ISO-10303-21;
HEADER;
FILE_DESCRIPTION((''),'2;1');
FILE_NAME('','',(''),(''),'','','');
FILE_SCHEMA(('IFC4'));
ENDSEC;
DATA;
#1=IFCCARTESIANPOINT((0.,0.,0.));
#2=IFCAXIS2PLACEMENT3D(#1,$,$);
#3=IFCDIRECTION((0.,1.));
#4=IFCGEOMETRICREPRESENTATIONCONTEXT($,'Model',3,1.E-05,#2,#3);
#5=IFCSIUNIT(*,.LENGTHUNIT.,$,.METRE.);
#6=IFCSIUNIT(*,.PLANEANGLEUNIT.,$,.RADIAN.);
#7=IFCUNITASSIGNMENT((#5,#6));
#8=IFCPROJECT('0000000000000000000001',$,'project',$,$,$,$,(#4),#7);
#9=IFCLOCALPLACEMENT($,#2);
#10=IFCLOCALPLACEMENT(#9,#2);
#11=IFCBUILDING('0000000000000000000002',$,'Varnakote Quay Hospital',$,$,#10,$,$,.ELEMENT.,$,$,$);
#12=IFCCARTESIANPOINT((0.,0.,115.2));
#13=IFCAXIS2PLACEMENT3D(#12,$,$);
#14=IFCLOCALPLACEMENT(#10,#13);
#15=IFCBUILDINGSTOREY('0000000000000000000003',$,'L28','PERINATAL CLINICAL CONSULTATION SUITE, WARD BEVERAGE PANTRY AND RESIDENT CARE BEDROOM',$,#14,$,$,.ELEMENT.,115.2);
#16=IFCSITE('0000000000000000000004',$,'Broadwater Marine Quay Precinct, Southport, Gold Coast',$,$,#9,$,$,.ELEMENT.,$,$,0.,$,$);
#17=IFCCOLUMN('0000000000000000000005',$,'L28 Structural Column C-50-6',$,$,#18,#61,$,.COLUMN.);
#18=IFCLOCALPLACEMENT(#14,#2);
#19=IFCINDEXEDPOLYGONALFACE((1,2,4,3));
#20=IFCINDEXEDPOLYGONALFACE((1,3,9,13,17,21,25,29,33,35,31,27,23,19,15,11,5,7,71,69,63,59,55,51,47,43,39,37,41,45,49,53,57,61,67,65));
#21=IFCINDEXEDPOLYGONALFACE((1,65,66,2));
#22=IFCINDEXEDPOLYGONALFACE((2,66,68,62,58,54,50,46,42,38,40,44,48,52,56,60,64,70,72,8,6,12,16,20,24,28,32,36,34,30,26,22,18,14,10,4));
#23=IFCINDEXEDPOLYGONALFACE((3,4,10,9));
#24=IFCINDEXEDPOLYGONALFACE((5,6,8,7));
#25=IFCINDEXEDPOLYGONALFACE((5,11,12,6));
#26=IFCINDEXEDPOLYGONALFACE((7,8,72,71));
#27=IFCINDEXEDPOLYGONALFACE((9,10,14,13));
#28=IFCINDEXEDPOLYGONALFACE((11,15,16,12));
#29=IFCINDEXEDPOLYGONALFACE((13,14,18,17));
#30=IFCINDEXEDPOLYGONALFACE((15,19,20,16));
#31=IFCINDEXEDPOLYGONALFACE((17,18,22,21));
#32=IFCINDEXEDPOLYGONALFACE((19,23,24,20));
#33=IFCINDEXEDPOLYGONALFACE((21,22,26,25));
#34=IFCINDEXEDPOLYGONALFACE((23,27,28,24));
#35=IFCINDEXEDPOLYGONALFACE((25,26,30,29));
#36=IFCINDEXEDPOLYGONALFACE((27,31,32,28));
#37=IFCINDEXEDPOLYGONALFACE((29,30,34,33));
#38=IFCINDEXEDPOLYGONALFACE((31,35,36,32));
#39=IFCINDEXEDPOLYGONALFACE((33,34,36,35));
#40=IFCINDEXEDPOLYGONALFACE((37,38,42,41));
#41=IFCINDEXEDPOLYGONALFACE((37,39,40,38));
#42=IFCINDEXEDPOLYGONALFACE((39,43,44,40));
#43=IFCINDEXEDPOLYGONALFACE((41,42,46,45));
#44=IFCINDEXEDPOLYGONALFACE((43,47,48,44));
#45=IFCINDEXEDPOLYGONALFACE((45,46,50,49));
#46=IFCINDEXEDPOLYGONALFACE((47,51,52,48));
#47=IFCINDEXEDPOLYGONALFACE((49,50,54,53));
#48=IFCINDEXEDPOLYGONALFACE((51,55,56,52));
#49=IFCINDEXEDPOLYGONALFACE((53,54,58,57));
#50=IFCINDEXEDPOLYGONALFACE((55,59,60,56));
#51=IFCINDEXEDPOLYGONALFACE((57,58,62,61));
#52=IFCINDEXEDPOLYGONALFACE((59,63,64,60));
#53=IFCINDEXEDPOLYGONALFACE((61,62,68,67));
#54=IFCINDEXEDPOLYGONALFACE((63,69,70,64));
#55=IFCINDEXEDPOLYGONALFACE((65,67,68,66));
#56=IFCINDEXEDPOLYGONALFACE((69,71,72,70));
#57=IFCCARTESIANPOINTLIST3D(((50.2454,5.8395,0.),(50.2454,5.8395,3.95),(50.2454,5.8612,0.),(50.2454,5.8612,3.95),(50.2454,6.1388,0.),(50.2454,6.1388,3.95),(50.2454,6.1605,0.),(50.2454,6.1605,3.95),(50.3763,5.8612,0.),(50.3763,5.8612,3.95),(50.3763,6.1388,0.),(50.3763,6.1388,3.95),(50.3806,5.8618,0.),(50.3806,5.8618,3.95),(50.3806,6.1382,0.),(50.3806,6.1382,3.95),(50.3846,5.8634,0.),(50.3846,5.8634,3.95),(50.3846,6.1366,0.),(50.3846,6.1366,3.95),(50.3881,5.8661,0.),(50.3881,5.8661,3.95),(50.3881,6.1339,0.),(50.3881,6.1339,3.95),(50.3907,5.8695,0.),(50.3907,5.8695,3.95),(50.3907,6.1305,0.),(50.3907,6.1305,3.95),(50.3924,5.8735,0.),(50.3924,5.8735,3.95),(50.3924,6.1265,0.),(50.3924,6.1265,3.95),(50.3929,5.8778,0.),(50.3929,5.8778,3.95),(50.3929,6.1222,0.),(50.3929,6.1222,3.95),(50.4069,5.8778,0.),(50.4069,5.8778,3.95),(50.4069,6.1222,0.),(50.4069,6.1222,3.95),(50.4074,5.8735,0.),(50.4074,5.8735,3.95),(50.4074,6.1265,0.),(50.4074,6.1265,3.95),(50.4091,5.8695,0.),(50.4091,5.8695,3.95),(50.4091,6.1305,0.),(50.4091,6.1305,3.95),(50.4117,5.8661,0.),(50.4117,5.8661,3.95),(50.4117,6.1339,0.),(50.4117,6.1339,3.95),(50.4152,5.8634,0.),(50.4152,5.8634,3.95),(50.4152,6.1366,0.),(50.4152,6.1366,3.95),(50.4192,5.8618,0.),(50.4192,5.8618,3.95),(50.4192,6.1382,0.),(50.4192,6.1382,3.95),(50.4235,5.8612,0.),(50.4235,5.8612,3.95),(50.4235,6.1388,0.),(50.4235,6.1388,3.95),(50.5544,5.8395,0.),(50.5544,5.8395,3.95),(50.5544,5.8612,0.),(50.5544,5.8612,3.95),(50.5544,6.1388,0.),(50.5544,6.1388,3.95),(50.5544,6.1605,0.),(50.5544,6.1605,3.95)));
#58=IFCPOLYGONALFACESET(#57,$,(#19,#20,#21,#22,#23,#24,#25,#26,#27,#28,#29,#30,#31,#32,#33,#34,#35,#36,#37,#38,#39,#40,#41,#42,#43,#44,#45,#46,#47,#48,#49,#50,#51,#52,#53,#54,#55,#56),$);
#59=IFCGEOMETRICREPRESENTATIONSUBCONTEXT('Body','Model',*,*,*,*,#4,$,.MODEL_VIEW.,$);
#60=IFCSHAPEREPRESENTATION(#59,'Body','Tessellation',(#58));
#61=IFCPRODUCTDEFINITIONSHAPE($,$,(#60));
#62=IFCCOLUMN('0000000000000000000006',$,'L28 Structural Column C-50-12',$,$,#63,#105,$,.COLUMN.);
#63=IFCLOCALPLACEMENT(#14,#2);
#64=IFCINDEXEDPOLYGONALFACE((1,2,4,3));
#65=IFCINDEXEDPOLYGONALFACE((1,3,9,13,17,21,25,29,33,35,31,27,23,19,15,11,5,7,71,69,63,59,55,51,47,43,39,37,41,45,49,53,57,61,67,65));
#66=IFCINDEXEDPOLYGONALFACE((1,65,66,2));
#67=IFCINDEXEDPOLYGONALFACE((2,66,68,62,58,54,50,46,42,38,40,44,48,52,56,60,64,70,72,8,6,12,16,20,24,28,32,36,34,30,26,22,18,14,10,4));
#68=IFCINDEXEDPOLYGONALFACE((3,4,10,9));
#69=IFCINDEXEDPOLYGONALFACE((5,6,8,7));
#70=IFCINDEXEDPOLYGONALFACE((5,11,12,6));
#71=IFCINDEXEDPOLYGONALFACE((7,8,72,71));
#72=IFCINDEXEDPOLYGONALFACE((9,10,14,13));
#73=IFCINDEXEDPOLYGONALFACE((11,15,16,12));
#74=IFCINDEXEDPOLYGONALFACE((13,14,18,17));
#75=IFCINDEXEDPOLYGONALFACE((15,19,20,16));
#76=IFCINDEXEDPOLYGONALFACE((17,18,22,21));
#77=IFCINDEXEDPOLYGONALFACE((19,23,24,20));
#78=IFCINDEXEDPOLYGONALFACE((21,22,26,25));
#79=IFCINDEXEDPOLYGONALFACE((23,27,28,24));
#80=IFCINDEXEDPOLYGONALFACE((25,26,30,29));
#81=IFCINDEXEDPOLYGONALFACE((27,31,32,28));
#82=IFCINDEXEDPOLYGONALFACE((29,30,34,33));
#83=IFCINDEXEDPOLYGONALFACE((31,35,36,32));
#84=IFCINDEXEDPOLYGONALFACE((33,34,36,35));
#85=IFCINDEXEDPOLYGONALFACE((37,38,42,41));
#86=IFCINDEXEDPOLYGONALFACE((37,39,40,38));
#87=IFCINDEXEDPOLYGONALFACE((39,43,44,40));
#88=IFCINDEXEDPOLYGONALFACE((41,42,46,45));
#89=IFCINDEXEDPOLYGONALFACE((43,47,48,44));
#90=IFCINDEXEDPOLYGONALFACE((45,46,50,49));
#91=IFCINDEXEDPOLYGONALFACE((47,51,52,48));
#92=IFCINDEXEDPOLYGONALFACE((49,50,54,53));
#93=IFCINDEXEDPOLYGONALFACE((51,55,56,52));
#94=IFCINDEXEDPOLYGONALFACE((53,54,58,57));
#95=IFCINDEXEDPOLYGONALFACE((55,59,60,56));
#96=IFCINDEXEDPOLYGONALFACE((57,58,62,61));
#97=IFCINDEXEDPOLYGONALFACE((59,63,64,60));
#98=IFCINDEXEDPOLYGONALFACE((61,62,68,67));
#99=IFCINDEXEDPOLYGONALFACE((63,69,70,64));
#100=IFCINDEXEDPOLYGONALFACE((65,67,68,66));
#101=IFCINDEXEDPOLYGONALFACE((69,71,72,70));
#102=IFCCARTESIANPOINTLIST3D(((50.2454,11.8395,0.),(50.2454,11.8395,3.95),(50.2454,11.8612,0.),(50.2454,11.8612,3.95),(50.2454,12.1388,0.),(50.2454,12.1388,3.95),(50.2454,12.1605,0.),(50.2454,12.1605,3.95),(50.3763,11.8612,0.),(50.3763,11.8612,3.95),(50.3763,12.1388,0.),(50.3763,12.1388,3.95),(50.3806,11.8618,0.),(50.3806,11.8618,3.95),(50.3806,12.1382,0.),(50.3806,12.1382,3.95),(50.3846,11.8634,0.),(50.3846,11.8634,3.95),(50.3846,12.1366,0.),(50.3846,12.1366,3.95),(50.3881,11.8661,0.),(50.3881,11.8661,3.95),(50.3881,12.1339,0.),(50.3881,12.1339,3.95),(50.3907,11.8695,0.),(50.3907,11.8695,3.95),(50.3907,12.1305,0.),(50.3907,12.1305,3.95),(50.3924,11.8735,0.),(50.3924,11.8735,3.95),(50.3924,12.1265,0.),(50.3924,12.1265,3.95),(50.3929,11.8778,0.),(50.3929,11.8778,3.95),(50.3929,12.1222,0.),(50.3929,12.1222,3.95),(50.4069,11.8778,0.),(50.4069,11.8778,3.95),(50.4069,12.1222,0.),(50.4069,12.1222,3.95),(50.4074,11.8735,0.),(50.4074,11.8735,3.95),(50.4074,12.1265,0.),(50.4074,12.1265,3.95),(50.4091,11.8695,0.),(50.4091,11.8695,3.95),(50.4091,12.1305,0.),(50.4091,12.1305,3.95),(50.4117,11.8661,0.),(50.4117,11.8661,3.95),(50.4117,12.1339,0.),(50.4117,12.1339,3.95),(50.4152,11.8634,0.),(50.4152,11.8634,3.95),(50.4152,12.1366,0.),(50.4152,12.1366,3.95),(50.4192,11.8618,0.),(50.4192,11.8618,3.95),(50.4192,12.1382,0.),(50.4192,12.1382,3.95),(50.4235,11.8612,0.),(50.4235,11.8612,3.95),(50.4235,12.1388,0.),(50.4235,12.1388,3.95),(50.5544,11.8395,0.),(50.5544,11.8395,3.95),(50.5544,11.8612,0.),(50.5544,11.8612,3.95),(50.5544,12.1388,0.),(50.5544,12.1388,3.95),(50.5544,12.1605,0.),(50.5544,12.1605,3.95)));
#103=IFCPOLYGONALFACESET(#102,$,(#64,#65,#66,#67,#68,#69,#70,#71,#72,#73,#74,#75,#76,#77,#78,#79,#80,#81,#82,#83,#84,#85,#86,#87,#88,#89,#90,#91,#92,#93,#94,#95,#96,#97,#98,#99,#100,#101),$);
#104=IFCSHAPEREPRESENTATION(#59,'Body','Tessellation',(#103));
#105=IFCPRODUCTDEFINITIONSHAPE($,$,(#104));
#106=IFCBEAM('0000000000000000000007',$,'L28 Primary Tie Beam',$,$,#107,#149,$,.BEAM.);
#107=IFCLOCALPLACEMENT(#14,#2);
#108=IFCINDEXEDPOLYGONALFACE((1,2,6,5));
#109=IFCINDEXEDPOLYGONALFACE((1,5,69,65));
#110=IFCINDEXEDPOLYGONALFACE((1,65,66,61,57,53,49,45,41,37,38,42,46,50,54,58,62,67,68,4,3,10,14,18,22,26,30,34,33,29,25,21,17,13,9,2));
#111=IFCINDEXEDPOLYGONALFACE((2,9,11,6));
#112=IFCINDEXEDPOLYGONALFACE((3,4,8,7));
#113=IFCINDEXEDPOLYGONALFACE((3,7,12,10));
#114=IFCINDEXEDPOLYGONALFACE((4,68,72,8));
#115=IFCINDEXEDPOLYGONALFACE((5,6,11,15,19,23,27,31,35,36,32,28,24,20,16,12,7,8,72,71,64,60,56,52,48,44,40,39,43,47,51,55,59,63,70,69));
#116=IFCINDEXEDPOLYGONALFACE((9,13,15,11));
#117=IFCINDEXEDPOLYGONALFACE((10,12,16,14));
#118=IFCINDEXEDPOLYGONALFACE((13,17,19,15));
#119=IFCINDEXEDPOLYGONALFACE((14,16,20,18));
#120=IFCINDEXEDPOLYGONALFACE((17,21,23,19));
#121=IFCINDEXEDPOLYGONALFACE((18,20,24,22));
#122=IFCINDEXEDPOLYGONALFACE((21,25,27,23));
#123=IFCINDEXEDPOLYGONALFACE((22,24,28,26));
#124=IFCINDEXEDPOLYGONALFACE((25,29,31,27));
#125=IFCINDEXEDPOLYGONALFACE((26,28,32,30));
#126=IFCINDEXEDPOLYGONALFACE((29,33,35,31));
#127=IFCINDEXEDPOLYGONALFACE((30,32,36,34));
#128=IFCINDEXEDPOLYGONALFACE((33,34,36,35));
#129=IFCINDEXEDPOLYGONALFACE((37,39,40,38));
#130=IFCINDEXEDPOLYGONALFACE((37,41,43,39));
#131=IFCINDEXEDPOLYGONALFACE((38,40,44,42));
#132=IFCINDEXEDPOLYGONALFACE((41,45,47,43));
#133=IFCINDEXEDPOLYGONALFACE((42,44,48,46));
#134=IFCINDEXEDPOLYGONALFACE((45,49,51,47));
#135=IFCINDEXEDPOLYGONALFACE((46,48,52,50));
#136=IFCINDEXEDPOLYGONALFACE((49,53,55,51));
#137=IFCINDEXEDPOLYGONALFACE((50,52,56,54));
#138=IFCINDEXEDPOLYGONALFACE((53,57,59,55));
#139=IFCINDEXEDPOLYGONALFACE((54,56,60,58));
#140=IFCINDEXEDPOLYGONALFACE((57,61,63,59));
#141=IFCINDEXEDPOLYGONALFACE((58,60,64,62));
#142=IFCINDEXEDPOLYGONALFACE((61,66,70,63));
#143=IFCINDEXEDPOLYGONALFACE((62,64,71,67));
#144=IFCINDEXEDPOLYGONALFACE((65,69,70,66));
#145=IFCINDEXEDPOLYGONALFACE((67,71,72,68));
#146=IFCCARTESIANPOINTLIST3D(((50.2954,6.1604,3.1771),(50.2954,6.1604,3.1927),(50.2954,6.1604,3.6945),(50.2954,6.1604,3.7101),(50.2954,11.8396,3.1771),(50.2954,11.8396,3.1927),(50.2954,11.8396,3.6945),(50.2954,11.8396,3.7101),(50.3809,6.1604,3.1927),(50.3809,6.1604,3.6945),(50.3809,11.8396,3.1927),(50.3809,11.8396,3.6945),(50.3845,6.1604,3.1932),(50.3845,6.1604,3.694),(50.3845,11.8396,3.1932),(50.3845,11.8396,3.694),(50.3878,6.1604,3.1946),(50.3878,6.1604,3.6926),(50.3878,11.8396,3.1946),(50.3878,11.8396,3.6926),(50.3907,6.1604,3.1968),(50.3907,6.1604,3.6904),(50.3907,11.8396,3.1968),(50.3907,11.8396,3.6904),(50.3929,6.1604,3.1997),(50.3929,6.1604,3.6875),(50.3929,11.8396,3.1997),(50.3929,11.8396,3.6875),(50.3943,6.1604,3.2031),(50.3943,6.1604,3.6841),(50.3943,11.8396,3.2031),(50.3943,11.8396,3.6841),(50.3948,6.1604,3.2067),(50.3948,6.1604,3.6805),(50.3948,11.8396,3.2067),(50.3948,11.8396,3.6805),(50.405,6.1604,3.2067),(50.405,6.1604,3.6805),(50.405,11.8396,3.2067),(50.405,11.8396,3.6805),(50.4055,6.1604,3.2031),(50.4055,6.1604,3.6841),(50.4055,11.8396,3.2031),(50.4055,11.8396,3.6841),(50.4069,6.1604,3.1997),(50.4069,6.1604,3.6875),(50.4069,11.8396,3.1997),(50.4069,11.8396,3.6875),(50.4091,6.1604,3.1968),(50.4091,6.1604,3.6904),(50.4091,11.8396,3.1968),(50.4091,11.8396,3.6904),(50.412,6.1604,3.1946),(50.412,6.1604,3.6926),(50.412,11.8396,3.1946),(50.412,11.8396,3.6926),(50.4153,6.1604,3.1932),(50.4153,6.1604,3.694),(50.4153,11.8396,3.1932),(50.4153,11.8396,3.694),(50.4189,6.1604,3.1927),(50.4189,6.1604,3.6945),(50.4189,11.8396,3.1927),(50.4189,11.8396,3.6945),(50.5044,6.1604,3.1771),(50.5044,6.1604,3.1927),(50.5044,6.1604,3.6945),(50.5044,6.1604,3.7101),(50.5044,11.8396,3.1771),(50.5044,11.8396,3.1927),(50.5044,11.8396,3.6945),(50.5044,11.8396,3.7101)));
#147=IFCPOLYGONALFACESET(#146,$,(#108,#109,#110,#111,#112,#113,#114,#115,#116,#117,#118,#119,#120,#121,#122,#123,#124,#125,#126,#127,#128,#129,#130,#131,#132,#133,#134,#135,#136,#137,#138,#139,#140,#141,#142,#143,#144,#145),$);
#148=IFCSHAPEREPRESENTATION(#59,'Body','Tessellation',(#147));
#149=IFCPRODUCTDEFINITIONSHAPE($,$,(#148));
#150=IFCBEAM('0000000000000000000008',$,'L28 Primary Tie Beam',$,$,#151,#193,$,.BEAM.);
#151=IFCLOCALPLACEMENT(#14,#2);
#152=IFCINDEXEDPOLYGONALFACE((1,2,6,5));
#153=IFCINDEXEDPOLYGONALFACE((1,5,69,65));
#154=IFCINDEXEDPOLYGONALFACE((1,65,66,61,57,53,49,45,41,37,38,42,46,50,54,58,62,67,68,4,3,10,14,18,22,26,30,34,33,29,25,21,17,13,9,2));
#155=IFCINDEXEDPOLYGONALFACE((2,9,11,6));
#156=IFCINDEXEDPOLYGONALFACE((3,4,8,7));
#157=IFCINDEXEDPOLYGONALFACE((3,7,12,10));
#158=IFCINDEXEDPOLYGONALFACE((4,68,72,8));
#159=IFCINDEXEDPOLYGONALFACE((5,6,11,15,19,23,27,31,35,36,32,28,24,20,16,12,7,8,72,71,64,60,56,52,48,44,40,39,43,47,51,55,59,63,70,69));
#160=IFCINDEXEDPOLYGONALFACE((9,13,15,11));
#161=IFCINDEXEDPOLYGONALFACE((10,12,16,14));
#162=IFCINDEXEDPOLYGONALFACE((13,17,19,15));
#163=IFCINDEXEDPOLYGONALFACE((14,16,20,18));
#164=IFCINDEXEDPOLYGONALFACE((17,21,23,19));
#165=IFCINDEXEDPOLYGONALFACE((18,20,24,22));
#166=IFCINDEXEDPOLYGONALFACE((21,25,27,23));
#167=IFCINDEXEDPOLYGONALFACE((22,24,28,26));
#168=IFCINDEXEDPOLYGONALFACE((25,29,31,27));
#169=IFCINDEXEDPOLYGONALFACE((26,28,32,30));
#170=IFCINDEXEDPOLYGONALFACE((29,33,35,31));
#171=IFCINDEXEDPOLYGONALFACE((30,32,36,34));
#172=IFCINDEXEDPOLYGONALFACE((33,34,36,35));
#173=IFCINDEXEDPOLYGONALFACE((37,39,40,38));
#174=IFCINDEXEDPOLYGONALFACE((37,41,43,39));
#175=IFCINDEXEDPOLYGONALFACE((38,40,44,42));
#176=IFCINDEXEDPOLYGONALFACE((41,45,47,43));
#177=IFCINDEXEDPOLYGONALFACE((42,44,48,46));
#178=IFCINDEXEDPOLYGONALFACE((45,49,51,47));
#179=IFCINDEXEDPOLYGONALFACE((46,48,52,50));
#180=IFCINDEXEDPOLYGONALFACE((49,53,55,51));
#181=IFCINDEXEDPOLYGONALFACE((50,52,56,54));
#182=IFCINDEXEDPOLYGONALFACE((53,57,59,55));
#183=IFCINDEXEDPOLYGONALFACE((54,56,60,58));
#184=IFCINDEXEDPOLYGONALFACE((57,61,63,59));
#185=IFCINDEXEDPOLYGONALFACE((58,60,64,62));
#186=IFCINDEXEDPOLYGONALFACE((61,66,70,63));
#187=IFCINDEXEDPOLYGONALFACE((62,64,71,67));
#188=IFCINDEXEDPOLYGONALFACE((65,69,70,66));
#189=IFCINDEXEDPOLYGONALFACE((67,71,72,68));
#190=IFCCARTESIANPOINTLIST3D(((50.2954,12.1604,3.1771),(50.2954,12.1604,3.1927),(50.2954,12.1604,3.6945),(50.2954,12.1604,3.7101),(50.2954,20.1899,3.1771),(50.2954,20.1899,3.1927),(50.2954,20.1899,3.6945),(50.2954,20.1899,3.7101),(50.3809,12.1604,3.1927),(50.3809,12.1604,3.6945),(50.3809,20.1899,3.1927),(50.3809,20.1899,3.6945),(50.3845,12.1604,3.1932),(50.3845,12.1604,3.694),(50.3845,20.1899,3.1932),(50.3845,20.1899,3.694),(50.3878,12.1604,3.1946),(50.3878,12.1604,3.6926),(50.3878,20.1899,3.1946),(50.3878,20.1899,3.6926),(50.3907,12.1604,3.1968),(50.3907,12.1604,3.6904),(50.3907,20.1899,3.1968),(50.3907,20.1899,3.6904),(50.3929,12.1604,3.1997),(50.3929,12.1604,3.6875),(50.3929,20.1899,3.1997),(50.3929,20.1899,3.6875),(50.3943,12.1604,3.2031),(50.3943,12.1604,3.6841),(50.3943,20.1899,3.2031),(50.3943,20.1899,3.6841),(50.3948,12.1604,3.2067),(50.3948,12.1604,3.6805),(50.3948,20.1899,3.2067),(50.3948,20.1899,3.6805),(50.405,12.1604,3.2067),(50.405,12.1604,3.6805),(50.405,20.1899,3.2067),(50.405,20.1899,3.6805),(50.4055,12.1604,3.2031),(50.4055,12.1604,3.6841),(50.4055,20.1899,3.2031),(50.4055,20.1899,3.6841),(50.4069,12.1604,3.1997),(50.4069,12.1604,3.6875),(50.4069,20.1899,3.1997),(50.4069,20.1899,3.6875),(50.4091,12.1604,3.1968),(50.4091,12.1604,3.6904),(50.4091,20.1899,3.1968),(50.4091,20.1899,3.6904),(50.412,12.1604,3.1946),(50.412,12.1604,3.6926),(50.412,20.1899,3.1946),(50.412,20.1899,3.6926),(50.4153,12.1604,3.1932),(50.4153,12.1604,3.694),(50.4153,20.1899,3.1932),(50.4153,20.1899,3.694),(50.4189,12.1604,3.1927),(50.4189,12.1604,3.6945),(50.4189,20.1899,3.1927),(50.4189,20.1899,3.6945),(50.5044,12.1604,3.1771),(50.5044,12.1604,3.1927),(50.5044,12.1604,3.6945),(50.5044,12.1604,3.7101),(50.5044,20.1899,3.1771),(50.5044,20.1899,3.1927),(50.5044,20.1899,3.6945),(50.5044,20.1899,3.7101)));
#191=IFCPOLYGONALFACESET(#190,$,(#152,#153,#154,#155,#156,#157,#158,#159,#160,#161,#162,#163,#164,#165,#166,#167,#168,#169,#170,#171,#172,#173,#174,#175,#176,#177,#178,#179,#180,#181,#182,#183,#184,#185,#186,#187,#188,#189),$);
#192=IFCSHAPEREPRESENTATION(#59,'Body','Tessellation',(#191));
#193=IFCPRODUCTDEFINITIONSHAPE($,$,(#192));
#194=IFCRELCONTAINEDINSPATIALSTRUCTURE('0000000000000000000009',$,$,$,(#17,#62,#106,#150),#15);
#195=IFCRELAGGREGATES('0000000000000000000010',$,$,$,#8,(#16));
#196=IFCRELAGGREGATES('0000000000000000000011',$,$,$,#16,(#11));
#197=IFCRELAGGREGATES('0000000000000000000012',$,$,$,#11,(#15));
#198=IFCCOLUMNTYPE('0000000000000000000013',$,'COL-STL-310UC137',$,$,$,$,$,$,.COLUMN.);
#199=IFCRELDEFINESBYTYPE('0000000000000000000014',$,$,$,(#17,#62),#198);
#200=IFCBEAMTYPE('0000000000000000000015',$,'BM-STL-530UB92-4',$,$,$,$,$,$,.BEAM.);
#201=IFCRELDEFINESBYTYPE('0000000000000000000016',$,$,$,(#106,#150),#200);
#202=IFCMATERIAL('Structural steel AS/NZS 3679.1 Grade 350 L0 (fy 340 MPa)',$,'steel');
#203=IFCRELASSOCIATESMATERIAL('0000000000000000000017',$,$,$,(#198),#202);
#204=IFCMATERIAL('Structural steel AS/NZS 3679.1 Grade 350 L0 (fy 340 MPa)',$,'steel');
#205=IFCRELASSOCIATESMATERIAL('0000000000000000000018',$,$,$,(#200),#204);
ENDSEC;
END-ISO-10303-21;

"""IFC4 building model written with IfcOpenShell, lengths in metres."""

from ifc_helpers import new_model, si_unit, direction, frame, origin, origin_2d, place, context, subcontext, project, spatial, i_section, extrude, material, material_profile, profile_set, type_object, element, save


model = new_model("IFC4")

# Units and contexts
model_context = context("Model", 3, precision=1e-05, world=origin(), true_north=direction((0.0, 1.0)))
body_context = subcontext(model_context, "Body", "Model", "MODEL_VIEW")
ifc_project = project(units=[si_unit("LENGTHUNIT", "METRE"), si_unit("PLANEANGLEUNIT", "RADIAN")], contexts=[model_context])

# Site, building, storey
site_placement = place(None, origin())
site = spatial("IfcSite", under=ifc_project, at=site_placement, Name="Broadwater Marine Quay Precinct, Southport, Gold Coast", CompositionType="ELEMENT", RefElevation=0.0)
building_placement = place(site_placement, origin())
building = spatial("IfcBuilding", under=site, at=building_placement, Name="Varnakote Quay Hospital", CompositionType="ELEMENT")
storey_placement = place(building_placement, frame((0.0, 0.0, 115.2)))
storey = spatial("IfcBuildingStorey", under=building, at=storey_placement, Name="L28", Description="PERINATAL CLINICAL CONSULTATION SUITE, WARD BEVERAGE PANTRY AND RESIDENT CARE BEDROOM", CompositionType="ELEMENT", Elevation=115.2)

# Columns
ifc_material_1 = material(Name="Structural steel AS/NZS 3679.1 Grade 350 L0 (fy 340 MPa)", Category="steel")
ifc_material_profile_1 = material_profile(ifc_material_1, i_section(OverallWidth=0.3091, OverallDepth=0.321, WebThickness=0.0139, FlangeThickness=0.0217, FilletRadius=0.0166, at=origin_2d()), Name="310UC137")
ifc_profile_set_1 = profile_set([ifc_material_profile_1], Name="Structural steel AS/NZS 3679.1 Grade 350 L0 (fy 340 MPa)")
column_type = type_object("IfcColumnType", Name="COL-STL-310UC137", PredefinedType="COLUMN", material=ifc_profile_set_1)
for number, where, z_axis, x_axis, name in (
    (1, (50.3999, 6.0, 0.0), (0.0, 0.0, 1.0), (1.0, 0.0, 0.0), "L28 Structural Column C-50-6"),
    (2, (50.3999, 12.0, 0.0), (0.0, 0.0, 1.0), (1.0, 0.0, 0.0), "L28 Structural Column C-50-12"),
):
    element("IfcColumn", number, at=place(storey_placement, frame(where, z_axis=z_axis, x_axis=x_axis)), inside=storey, type_object=column_type, Name=name, PredefinedType="COLUMN", context=body_context, shape_type="SweptSolid", body=[
        extrude(i_section(OverallWidth=0.3091, OverallDepth=0.321, WebThickness=0.0139, FlangeThickness=0.0217, FilletRadius=0.0166, at=origin_2d()), origin(), (0.0, 0.0, 1.0), 3.95),
    ])

# Beams
ifc_material_2 = material(Name="Structural steel AS/NZS 3679.1 Grade 350 L0 (fy 340 MPa)", Category="steel")
ifc_material_profile_2 = material_profile(ifc_material_2, i_section(OverallWidth=0.209, OverallDepth=0.533, WebThickness=0.0103, FlangeThickness=0.0156, FilletRadius=0.0139, at=origin_2d()), Name="530UB92.4")
ifc_profile_set_2 = profile_set([ifc_material_profile_2], Name="Structural steel AS/NZS 3679.1 Grade 350 L0 (fy 340 MPa)")
beam_type = type_object("IfcBeamType", Name="BM-STL-530UB92-4", PredefinedType="BEAM", material=ifc_profile_set_2)
beam_1_placement = place(storey_placement, frame((50.3999, 6.1604, 3.4436), z_axis=(0.0, 1.0, 0.0), x_axis=(-1.0, 0.0, 0.0)))
element("IfcBeam", 3, at=beam_1_placement, inside=storey, type_object=beam_type, Name="L28 Primary Tie Beam", PredefinedType="BEAM", context=body_context, shape_type="SweptSolid", body=[
    extrude(i_section(OverallWidth=0.209, OverallDepth=0.533, WebThickness=0.0103, FlangeThickness=0.0156, FilletRadius=0.0139, at=origin_2d()), origin(), (0.0, 0.0, 1.0), 5.6792),
])
beam_2_placement = place(storey_placement, frame((50.3999, 12.1604, 3.4436), z_axis=(0.0, 1.0, 0.0), x_axis=(-1.0, 0.0, 0.0)))
element("IfcBeam", 4, at=beam_2_placement, inside=storey, type_object=beam_type, Name="L28 Primary Tie Beam", PredefinedType="BEAM", context=body_context, shape_type="SweptSolid", body=[
    extrude(i_section(OverallWidth=0.209, OverallDepth=0.533, WebThickness=0.0103, FlangeThickness=0.0156, FilletRadius=0.0139, at=origin_2d()), origin(), (0.0, 0.0, 1.0), 8.0295),
])

save(model, "model.ifc")
